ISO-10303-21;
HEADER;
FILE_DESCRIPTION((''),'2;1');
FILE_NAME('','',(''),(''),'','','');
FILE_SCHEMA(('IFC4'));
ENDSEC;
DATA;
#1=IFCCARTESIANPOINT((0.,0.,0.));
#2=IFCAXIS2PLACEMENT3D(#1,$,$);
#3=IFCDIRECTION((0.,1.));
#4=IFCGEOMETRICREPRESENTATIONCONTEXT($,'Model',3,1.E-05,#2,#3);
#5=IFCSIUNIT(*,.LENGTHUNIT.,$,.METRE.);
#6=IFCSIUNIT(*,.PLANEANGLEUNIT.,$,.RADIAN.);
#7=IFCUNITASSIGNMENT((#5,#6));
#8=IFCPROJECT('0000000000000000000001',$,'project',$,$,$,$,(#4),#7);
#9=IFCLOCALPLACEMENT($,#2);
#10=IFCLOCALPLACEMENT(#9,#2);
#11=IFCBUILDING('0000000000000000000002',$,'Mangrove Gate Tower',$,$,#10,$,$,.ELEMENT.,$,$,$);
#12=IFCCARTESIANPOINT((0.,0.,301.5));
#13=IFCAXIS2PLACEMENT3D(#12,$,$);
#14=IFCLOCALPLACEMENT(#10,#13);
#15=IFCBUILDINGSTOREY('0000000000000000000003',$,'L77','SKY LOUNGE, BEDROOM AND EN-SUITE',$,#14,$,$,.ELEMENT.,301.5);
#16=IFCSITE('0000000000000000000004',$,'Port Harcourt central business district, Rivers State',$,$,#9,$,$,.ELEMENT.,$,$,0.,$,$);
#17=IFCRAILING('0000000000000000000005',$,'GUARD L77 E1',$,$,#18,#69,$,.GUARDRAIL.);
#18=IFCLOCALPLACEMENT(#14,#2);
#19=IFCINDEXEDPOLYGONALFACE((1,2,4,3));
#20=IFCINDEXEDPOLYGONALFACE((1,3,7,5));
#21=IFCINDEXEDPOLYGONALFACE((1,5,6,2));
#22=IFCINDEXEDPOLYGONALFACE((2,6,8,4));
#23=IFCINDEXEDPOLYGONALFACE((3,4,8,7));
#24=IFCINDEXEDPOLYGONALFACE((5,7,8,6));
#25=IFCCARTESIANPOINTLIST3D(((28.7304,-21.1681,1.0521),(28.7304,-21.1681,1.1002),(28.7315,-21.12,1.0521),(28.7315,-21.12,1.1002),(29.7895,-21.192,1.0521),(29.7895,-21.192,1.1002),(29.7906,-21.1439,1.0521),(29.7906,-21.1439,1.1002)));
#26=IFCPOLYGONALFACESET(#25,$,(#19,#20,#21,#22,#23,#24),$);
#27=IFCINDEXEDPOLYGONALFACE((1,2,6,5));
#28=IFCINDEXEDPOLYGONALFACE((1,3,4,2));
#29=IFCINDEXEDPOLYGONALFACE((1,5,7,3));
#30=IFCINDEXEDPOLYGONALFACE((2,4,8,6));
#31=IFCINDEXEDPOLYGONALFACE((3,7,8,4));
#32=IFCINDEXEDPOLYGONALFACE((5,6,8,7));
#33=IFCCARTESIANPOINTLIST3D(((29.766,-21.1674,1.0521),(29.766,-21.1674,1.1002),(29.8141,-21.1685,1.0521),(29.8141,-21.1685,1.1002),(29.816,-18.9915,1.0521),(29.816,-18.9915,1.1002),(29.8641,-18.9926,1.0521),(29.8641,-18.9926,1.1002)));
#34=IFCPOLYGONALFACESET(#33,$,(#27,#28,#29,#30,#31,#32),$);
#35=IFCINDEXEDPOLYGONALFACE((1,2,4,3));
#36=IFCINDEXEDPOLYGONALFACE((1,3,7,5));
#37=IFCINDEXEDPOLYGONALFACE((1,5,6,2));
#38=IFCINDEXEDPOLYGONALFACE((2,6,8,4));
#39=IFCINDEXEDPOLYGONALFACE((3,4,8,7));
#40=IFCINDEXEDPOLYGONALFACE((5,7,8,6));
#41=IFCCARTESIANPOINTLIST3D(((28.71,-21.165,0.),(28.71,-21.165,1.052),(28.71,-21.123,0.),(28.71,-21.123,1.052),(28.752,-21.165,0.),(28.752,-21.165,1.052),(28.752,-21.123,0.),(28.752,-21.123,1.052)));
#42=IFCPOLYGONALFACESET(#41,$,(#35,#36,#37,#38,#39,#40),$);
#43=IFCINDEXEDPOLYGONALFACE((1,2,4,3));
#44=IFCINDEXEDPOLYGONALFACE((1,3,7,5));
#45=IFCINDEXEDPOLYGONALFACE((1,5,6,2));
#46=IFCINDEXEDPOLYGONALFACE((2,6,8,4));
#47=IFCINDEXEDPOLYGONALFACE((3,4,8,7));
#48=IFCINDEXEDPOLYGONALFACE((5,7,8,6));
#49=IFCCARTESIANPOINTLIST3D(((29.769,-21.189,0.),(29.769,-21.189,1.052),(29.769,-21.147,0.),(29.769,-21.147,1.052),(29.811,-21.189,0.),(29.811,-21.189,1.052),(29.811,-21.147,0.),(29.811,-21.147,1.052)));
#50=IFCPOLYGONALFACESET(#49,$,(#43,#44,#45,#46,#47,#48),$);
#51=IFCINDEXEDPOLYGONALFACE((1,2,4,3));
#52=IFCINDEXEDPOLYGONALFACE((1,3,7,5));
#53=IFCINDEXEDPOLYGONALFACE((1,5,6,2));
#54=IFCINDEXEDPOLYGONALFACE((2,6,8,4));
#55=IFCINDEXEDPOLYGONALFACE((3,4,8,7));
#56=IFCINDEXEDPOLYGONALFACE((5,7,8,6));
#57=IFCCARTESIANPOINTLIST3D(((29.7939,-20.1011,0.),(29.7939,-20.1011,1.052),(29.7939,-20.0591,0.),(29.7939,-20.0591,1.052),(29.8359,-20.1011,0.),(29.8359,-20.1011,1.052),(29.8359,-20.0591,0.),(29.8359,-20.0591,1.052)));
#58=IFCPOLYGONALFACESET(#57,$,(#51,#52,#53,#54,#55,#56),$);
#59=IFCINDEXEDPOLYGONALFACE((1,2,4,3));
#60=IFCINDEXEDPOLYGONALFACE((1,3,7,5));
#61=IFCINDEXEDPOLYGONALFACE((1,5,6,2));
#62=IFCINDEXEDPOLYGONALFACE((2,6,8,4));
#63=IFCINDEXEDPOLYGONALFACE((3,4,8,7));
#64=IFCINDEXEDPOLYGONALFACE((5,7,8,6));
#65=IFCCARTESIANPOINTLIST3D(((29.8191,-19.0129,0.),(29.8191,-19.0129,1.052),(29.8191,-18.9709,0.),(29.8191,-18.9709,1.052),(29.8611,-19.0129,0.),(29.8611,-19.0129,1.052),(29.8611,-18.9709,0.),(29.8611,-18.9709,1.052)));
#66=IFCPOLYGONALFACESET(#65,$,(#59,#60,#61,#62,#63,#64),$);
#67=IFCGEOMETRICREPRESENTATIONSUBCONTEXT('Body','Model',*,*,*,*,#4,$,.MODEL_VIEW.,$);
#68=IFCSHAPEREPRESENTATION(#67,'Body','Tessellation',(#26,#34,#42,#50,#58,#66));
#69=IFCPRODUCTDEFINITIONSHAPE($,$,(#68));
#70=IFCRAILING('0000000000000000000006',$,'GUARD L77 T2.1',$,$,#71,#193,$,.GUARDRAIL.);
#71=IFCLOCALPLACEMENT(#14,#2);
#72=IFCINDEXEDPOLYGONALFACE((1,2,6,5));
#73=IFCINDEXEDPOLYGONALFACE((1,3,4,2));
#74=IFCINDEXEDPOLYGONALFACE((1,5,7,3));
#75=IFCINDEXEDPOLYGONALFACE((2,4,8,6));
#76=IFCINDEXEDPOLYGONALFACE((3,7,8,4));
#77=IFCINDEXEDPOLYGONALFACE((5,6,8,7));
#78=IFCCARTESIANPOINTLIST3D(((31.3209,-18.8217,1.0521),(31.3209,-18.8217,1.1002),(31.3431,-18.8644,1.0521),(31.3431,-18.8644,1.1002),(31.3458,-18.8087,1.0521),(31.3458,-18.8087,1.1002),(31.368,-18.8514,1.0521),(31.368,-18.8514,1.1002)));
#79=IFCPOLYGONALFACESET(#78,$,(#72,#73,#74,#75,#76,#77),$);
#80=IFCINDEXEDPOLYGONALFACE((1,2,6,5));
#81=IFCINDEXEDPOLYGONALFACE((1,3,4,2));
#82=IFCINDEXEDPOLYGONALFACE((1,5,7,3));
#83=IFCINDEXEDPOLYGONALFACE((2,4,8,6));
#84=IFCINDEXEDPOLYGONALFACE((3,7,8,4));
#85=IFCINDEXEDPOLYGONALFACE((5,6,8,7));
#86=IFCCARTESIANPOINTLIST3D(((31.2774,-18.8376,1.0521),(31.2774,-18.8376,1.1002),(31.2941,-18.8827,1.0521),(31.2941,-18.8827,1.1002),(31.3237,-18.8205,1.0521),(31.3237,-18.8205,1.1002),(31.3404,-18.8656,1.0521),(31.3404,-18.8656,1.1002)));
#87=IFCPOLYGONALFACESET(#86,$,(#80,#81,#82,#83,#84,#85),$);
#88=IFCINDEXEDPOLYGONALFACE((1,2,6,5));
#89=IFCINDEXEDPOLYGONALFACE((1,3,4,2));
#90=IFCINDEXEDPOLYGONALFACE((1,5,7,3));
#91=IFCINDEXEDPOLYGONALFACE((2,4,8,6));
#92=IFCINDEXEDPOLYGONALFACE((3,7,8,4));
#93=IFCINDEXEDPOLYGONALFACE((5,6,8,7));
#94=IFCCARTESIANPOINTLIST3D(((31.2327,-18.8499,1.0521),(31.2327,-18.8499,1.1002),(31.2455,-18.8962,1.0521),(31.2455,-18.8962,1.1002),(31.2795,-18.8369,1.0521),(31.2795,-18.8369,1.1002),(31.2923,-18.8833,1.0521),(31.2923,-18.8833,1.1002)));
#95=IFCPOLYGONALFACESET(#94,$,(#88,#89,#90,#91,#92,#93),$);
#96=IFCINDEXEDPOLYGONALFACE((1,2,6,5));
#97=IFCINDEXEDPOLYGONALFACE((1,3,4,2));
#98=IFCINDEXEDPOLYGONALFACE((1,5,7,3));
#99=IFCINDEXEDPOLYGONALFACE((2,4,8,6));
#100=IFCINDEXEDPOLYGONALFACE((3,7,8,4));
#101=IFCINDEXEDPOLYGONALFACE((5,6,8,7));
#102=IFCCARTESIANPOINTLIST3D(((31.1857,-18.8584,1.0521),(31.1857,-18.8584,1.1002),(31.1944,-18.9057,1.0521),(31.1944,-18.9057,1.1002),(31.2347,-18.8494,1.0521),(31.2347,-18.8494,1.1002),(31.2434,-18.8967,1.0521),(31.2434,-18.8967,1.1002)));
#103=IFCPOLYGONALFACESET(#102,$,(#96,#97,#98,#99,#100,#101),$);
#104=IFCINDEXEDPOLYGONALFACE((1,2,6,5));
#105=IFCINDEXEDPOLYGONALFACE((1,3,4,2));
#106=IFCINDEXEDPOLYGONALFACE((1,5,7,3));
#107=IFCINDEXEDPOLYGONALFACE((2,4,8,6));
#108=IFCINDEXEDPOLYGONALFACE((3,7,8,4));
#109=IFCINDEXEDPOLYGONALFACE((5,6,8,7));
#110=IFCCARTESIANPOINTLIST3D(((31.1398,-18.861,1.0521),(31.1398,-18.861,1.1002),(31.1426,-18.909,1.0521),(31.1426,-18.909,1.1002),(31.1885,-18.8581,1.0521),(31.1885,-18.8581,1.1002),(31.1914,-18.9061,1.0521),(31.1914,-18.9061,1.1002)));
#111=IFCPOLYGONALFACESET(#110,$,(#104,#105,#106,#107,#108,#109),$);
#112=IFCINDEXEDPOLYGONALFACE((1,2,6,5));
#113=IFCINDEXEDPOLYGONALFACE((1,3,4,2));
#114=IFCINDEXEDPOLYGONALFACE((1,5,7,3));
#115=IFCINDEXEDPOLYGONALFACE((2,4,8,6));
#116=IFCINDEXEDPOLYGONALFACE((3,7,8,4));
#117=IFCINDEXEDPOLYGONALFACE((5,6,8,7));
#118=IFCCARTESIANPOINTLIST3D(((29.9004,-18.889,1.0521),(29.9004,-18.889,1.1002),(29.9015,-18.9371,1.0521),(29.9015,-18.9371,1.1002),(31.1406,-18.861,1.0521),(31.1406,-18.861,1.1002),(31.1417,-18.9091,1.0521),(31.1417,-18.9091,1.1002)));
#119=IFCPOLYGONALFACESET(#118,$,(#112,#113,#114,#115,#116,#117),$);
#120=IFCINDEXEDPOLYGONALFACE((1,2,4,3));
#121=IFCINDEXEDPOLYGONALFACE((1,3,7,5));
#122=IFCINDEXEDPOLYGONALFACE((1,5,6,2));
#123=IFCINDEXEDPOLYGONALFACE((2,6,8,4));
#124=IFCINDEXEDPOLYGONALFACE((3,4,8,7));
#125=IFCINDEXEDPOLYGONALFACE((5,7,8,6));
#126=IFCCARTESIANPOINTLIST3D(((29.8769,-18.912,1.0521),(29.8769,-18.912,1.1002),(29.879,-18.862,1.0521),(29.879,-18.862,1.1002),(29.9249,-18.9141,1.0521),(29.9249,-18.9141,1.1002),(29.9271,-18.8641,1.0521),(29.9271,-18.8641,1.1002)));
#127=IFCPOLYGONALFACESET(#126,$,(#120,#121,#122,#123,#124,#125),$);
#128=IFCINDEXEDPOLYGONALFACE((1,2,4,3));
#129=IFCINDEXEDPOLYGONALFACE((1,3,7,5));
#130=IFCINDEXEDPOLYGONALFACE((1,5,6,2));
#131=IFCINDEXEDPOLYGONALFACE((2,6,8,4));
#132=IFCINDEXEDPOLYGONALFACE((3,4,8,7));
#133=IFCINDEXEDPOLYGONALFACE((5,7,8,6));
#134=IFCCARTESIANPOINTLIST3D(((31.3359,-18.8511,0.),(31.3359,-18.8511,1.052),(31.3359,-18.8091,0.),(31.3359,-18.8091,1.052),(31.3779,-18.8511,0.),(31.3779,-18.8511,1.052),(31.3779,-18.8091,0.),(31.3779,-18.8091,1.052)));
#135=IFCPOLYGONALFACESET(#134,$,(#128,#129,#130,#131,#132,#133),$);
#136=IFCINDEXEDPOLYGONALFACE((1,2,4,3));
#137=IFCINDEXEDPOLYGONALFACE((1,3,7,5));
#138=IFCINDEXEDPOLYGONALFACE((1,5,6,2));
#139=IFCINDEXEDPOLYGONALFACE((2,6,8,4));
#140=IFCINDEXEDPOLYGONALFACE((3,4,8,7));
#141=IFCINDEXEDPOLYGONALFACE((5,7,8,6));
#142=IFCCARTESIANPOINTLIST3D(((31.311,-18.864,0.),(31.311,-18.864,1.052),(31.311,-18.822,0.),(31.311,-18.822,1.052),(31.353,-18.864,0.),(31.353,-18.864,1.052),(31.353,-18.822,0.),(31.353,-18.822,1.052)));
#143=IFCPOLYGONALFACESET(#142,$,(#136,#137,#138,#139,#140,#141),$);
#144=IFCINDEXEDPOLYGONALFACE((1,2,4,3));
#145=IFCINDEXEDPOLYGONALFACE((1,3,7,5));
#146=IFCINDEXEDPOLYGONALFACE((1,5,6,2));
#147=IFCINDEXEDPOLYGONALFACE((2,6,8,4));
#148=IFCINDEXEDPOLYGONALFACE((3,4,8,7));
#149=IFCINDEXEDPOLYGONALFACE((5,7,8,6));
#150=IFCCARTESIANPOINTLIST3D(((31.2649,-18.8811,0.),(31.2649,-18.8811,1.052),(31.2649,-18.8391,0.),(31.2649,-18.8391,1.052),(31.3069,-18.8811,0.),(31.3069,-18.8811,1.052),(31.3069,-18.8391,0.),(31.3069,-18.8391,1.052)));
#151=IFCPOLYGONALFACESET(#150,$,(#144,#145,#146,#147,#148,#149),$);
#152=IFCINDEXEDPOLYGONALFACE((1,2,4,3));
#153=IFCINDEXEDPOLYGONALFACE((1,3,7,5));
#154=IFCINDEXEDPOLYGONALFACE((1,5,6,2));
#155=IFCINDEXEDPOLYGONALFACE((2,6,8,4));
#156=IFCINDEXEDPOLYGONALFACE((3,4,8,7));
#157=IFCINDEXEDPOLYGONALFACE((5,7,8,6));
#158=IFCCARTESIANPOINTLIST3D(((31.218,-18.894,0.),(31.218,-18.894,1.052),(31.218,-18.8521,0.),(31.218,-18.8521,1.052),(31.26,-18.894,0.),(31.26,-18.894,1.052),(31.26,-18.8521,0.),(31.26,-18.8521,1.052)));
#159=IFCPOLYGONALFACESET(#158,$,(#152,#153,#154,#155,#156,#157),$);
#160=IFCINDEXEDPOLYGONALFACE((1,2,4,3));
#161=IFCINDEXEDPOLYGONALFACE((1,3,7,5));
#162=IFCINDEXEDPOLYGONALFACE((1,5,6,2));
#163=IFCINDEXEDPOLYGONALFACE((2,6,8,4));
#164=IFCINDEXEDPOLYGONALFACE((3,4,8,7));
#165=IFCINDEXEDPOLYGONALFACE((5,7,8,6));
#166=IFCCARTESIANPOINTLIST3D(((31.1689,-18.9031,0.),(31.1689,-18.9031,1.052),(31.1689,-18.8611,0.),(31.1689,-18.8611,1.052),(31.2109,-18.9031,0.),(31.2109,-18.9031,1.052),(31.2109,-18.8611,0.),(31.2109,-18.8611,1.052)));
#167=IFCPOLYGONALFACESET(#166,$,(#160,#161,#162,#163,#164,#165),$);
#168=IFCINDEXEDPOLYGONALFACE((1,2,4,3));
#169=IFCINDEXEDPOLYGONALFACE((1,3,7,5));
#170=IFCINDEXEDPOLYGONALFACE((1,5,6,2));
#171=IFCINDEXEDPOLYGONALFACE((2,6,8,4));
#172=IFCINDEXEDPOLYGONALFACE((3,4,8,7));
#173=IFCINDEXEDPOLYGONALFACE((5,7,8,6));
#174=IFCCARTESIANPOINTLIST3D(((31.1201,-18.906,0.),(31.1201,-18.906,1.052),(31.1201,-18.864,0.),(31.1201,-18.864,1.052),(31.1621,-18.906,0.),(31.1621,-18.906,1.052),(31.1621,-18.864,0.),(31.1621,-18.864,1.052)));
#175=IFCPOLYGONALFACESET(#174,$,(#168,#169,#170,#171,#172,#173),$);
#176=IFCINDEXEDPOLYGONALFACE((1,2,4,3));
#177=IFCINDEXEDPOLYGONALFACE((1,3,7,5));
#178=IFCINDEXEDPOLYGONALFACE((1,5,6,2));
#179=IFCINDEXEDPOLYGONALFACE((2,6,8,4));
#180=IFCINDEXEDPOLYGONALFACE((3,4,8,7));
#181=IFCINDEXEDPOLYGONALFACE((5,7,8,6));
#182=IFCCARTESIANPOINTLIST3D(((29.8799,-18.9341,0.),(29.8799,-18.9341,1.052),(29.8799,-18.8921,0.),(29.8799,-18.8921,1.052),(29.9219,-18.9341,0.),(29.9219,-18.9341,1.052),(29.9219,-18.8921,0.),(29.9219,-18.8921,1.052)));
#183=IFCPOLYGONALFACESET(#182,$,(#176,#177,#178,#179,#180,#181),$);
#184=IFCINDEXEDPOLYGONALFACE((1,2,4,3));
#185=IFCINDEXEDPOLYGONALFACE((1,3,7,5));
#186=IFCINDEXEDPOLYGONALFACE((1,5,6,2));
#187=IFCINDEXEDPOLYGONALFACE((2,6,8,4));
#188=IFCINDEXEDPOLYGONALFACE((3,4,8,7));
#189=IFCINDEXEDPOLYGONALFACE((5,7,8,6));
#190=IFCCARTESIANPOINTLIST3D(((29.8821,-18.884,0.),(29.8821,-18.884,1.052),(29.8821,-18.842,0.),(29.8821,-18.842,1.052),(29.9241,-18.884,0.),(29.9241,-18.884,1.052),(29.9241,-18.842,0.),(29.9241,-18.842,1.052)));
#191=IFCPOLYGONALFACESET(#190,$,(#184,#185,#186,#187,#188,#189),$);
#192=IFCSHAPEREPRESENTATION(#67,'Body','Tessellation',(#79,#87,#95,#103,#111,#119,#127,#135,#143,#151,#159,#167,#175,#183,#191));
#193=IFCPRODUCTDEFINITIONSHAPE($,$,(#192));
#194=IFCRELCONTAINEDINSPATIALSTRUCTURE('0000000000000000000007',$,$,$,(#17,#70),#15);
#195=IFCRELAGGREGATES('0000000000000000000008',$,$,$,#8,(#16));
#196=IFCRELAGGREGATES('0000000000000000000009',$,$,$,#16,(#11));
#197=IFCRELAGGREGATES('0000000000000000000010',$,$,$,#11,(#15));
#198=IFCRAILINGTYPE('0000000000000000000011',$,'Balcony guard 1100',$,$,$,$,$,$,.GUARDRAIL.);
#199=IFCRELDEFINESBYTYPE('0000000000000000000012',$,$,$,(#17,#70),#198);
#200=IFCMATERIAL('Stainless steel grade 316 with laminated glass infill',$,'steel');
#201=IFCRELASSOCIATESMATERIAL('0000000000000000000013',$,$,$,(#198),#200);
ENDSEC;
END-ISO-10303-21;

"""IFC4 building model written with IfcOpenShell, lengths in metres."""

from ifc_helpers import new_model, si_unit, direction, frame, origin, origin_2d, place, context, subcontext, project, spatial, rectangle, extrude, material, type_object, element, save


model = new_model("IFC4")

# Units and contexts
model_context = context("Model", 3, precision=1e-05, world=origin(), true_north=direction((0.0, 1.0)))
body_context = subcontext(model_context, "Body", "Model", "MODEL_VIEW")
ifc_project = project(units=[si_unit("LENGTHUNIT", "METRE"), si_unit("PLANEANGLEUNIT", "RADIAN")], contexts=[model_context])

# Site, building, storey
site_placement = place(None, origin())
site = spatial("IfcSite", under=ifc_project, at=site_placement, Name="Port Harcourt central business district, Rivers State", CompositionType="ELEMENT", RefElevation=0.0)
building_placement = place(site_placement, origin())
building = spatial("IfcBuilding", under=site, at=building_placement, Name="Mangrove Gate Tower", CompositionType="ELEMENT")
storey_placement = place(building_placement, frame((0.0, 0.0, 301.5)))
storey = spatial("IfcBuildingStorey", under=building, at=storey_placement, Name="L77", Description="SKY LOUNGE, BEDROOM AND EN-SUITE", CompositionType="ELEMENT", Elevation=301.5)

# Railings
ifc_material_1 = material(Name="Stainless steel grade 316 with laminated glass infill", Category="steel")
railing_type = type_object("IfcRailingType", Name="Balcony guard 1100", PredefinedType="GUARDRAIL", material=ifc_material_1)
railing_1_placement = place(storey_placement, frame((28.731, -21.144, 0.0)))
element("IfcRailing", 1, at=railing_1_placement, inside=storey, type_object=railing_type, Name="GUARD L77 E1", PredefinedType="GUARDRAIL", context=body_context, shape_type="SweptSolid", body=[
    extrude(rectangle(XDim=0.0481, YDim=0.0481, at=origin_2d()), frame((0.0, 0.0, 1.0762), z_axis=(0.999745, -0.022585, 0.0), x_axis=(0.022585, 0.999745, 0.0)), (0.0, 0.0, 1.0), 1.0593),
    extrude(rectangle(XDim=0.0481, YDim=0.0481, at=origin_2d()), frame((1.0591, -0.0239, 1.0762), z_axis=(0.022994, 0.999736, 0.0), x_axis=(-0.999736, 0.022994, 0.0)), (0.0, 0.0, 1.0), 2.1765),
    extrude(rectangle(XDim=0.042, YDim=0.042, at=origin_2d()), origin(), (0.0, 0.0, 1.0), 1.052),
    extrude(rectangle(XDim=0.042, YDim=0.042, at=origin_2d()), frame((1.0591, -0.0239, 0.0)), (0.0, 0.0, 1.0), 1.052),
    extrude(rectangle(XDim=0.042, YDim=0.042, at=origin_2d()), frame((1.084, 1.064, 0.0)), (0.0, 0.0, 1.0), 1.052),
    extrude(rectangle(XDim=0.042, YDim=0.042, at=origin_2d()), frame((1.1091, 2.1521, 0.0)), (0.0, 0.0, 1.0), 1.052),
])
railing_2_placement = place(storey_placement, frame((31.3569, -18.8301, 0.0)))
element("IfcRailing", 2, at=railing_2_placement, inside=storey, type_object=railing_type, Name="GUARD L77 T2.1", PredefinedType="GUARDRAIL", context=body_context, shape_type="SweptSolid", body=[
    extrude(rectangle(XDim=0.0481, YDim=0.0481, at=origin_2d()), frame((0.0, 0.0, 1.0762), z_axis=(-0.887359, -0.461079, 0.0), x_axis=(0.461079, -0.887359, 0.0)), (0.0, 0.0, 1.0), 0.0281),
    extrude(rectangle(XDim=0.0481, YDim=0.0481, at=origin_2d()), frame((-0.0249, -0.0129, 1.0762), z_axis=(-0.937749, -0.347314, 0.0), x_axis=(0.347314, -0.937749, 0.0)), (0.0, 0.0, 1.0), 0.0493),
    extrude(rectangle(XDim=0.0481, YDim=0.0481, at=origin_2d()), frame((-0.071, -0.03, 1.0762), z_axis=(-0.963948, -0.26609, 0.0), x_axis=(0.26609, -0.963948, 0.0)), (0.0, 0.0, 1.0), 0.0486),
    extrude(rectangle(XDim=0.0481, YDim=0.0481, at=origin_2d()), frame((-0.1179, -0.043, 1.0762), z_axis=(-0.983476, -0.181038, 0.0), x_axis=(0.181038, -0.983476, 0.0)), (0.0, 0.0, 1.0), 0.0498),
    extrude(rectangle(XDim=0.0481, YDim=0.0481, at=origin_2d()), frame((-0.167, -0.052, 1.0762), z_axis=(-0.998205, -0.059892, 0.0), x_axis=(0.059892, -0.998205, 0.0)), (0.0, 0.0, 1.0), 0.0488),
    extrude(rectangle(XDim=0.0481, YDim=0.0481, at=origin_2d()), frame((-0.2158, -0.0549, 1.0762), z_axis=(-0.999744, -0.022632, 0.0), x_axis=(0.022632, -0.999744, 0.0)), (0.0, 0.0, 1.0), 1.2405),
    extrude(rectangle(XDim=0.0481, YDim=0.0481, at=origin_2d()), frame((-1.4561, -0.083, 1.0762), z_axis=(0.04386, 0.999038, 0.0), x_axis=(-0.999038, 0.04386, 0.0)), (0.0, 0.0, 1.0), 0.05),
    extrude(rectangle(XDim=0.042, YDim=0.042, at=origin_2d()), origin(), (0.0, 0.0, 1.0), 1.052),
    extrude(rectangle(XDim=0.042, YDim=0.042, at=origin_2d()), frame((-0.0249, -0.0129, 0.0)), (0.0, 0.0, 1.0), 1.052),
    extrude(rectangle(XDim=0.042, YDim=0.042, at=origin_2d()), frame((-0.071, -0.03, 0.0)), (0.0, 0.0, 1.0), 1.052),
    extrude(rectangle(XDim=0.042, YDim=0.042, at=origin_2d()), frame((-0.1179, -0.043, 0.0)), (0.0, 0.0, 1.0), 1.052),
    extrude(rectangle(XDim=0.042, YDim=0.042, at=origin_2d()), frame((-0.167, -0.052, 0.0)), (0.0, 0.0, 1.0), 1.052),
    extrude(rectangle(XDim=0.042, YDim=0.042, at=origin_2d()), frame((-0.2158, -0.0549, 0.0)), (0.0, 0.0, 1.0), 1.052),
    extrude(rectangle(XDim=0.042, YDim=0.042, at=origin_2d()), frame((-1.4561, -0.083, 0.0)), (0.0, 0.0, 1.0), 1.052),
    extrude(rectangle(XDim=0.042, YDim=0.042, at=origin_2d()), frame((-1.4539, -0.033, 0.0)), (0.0, 0.0, 1.0), 1.052),
])

save(model, "model.ifc")
